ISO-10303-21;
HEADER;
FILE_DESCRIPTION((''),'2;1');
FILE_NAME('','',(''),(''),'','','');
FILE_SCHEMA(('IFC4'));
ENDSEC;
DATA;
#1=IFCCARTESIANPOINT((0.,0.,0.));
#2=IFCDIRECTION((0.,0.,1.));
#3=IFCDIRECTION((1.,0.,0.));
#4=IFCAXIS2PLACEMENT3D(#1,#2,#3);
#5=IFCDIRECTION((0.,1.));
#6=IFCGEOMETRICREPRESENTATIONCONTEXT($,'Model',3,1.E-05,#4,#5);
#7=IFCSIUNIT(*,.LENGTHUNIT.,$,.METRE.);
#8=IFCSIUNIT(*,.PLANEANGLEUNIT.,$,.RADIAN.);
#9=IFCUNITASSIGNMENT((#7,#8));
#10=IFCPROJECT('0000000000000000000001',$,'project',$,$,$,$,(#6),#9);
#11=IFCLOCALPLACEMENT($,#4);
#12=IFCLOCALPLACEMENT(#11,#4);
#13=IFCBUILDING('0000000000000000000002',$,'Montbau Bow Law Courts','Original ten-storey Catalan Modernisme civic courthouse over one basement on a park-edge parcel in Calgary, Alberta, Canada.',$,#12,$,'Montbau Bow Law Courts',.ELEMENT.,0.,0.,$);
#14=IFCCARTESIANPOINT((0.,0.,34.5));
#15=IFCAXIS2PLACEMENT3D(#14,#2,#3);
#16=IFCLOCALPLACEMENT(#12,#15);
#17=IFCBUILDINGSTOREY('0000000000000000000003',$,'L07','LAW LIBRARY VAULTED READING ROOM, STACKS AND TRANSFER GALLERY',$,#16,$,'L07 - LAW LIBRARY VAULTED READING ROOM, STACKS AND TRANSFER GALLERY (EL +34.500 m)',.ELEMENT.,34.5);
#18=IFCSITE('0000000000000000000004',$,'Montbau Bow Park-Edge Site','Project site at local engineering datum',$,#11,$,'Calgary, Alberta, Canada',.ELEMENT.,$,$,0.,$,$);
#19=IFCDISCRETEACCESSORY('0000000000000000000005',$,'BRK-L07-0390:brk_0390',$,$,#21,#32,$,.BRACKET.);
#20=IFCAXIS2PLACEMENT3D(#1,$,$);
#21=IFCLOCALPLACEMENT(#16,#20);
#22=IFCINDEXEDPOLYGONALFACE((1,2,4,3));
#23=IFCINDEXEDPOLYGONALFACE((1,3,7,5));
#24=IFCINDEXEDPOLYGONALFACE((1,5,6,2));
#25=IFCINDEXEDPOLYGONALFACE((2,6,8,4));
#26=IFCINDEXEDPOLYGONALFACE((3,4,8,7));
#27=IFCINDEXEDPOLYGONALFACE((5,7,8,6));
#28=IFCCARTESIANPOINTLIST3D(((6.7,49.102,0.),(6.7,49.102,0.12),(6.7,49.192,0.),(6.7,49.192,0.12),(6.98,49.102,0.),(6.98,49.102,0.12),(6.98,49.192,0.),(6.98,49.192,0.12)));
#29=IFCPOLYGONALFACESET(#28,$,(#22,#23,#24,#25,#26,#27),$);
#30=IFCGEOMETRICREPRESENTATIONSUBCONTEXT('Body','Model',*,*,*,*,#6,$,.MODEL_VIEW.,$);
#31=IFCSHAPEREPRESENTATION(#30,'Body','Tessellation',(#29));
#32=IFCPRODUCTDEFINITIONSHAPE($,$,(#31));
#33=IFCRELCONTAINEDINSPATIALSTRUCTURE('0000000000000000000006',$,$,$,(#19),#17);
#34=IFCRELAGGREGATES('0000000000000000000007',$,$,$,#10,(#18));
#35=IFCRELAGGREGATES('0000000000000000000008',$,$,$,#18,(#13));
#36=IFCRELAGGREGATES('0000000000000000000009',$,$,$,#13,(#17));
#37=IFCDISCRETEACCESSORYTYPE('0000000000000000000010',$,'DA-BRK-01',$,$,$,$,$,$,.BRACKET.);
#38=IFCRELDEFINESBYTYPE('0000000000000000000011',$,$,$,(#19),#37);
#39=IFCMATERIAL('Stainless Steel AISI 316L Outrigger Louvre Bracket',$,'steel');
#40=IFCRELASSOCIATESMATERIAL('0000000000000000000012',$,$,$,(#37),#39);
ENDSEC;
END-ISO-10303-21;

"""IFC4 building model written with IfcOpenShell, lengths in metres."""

from ifc_helpers import new_model, si_unit, direction, frame, origin_with_axes, origin_2d_with_axis, place, context, subcontext, project, spatial, rectangle, extrude, material, type_object, element, save


model = new_model("IFC4")

# Units and contexts
model_context = context("Model", 3, precision=1e-05, world=origin_with_axes(), true_north=direction((0.0, 1.0)))
body_context = subcontext(model_context, "Body", "Model", "MODEL_VIEW")
ifc_project = project(units=[si_unit("LENGTHUNIT", "METRE"), si_unit("PLANEANGLEUNIT", "RADIAN")], contexts=[model_context])

# Site, building, storey
site_placement = place(None, origin_with_axes())
site = spatial("IfcSite", under=ifc_project, at=site_placement, Name="Montbau Bow Park-Edge Site", Description="Project site at local engineering datum", LongName="Calgary, Alberta, Canada", CompositionType="ELEMENT", RefElevation=0.0)
building_placement = place(site_placement, origin_with_axes())
building = spatial("IfcBuilding", under=site, at=building_placement, Name="Montbau Bow Law Courts", Description="Original ten-storey Catalan Modernisme civic courthouse over one basement on a park-edge parcel in Calgary, Alberta, Canada.", LongName="Montbau Bow Law Courts", CompositionType="ELEMENT", ElevationOfRefHeight=0.0, ElevationOfTerrain=0.0)
storey_placement = place(building_placement, frame((0.0, 0.0, 34.5), z_axis=(0.0, 0.0, 1.0), x_axis=(1.0, 0.0, 0.0)))
storey = spatial("IfcBuildingStorey", under=building, at=storey_placement, Name="L07", Description="LAW LIBRARY VAULTED READING ROOM, STACKS AND TRANSFER GALLERY", LongName="L07 - LAW LIBRARY VAULTED READING ROOM, STACKS AND TRANSFER GALLERY (EL +34.500 m)", CompositionType="ELEMENT", Elevation=34.5)

# Discrete accessory
ifc_material_1 = material(Name="Stainless Steel AISI 316L Outrigger Louvre Bracket", Category="steel")
discrete_accessory_type = type_object("IfcDiscreteAccessoryType", Name="DA-BRK-01", PredefinedType="BRACKET", material=ifc_material_1)
for number, where, z_axis, x_axis, name in (
    (1, (6.84, 49.147, 34.5), (0.0, 0.0, 1.0), (-1.0, 0.0, 0.0), "BRK-L07-0390:brk_0390"),
):
    element("IfcDiscreteAccessory", number, at=place(None, frame(where, z_axis=z_axis, x_axis=x_axis)), inside=storey, type_object=discrete_accessory_type, Name=name, PredefinedType="BRACKET", context=body_context, shape_type="SweptSolid", body=[
        extrude(rectangle(XDim=0.28, YDim=0.09, at=origin_2d_with_axis()), origin_with_axes(), (0.0, 0.0, 1.0), 0.12),
    ])

save(model, "model.ifc")
